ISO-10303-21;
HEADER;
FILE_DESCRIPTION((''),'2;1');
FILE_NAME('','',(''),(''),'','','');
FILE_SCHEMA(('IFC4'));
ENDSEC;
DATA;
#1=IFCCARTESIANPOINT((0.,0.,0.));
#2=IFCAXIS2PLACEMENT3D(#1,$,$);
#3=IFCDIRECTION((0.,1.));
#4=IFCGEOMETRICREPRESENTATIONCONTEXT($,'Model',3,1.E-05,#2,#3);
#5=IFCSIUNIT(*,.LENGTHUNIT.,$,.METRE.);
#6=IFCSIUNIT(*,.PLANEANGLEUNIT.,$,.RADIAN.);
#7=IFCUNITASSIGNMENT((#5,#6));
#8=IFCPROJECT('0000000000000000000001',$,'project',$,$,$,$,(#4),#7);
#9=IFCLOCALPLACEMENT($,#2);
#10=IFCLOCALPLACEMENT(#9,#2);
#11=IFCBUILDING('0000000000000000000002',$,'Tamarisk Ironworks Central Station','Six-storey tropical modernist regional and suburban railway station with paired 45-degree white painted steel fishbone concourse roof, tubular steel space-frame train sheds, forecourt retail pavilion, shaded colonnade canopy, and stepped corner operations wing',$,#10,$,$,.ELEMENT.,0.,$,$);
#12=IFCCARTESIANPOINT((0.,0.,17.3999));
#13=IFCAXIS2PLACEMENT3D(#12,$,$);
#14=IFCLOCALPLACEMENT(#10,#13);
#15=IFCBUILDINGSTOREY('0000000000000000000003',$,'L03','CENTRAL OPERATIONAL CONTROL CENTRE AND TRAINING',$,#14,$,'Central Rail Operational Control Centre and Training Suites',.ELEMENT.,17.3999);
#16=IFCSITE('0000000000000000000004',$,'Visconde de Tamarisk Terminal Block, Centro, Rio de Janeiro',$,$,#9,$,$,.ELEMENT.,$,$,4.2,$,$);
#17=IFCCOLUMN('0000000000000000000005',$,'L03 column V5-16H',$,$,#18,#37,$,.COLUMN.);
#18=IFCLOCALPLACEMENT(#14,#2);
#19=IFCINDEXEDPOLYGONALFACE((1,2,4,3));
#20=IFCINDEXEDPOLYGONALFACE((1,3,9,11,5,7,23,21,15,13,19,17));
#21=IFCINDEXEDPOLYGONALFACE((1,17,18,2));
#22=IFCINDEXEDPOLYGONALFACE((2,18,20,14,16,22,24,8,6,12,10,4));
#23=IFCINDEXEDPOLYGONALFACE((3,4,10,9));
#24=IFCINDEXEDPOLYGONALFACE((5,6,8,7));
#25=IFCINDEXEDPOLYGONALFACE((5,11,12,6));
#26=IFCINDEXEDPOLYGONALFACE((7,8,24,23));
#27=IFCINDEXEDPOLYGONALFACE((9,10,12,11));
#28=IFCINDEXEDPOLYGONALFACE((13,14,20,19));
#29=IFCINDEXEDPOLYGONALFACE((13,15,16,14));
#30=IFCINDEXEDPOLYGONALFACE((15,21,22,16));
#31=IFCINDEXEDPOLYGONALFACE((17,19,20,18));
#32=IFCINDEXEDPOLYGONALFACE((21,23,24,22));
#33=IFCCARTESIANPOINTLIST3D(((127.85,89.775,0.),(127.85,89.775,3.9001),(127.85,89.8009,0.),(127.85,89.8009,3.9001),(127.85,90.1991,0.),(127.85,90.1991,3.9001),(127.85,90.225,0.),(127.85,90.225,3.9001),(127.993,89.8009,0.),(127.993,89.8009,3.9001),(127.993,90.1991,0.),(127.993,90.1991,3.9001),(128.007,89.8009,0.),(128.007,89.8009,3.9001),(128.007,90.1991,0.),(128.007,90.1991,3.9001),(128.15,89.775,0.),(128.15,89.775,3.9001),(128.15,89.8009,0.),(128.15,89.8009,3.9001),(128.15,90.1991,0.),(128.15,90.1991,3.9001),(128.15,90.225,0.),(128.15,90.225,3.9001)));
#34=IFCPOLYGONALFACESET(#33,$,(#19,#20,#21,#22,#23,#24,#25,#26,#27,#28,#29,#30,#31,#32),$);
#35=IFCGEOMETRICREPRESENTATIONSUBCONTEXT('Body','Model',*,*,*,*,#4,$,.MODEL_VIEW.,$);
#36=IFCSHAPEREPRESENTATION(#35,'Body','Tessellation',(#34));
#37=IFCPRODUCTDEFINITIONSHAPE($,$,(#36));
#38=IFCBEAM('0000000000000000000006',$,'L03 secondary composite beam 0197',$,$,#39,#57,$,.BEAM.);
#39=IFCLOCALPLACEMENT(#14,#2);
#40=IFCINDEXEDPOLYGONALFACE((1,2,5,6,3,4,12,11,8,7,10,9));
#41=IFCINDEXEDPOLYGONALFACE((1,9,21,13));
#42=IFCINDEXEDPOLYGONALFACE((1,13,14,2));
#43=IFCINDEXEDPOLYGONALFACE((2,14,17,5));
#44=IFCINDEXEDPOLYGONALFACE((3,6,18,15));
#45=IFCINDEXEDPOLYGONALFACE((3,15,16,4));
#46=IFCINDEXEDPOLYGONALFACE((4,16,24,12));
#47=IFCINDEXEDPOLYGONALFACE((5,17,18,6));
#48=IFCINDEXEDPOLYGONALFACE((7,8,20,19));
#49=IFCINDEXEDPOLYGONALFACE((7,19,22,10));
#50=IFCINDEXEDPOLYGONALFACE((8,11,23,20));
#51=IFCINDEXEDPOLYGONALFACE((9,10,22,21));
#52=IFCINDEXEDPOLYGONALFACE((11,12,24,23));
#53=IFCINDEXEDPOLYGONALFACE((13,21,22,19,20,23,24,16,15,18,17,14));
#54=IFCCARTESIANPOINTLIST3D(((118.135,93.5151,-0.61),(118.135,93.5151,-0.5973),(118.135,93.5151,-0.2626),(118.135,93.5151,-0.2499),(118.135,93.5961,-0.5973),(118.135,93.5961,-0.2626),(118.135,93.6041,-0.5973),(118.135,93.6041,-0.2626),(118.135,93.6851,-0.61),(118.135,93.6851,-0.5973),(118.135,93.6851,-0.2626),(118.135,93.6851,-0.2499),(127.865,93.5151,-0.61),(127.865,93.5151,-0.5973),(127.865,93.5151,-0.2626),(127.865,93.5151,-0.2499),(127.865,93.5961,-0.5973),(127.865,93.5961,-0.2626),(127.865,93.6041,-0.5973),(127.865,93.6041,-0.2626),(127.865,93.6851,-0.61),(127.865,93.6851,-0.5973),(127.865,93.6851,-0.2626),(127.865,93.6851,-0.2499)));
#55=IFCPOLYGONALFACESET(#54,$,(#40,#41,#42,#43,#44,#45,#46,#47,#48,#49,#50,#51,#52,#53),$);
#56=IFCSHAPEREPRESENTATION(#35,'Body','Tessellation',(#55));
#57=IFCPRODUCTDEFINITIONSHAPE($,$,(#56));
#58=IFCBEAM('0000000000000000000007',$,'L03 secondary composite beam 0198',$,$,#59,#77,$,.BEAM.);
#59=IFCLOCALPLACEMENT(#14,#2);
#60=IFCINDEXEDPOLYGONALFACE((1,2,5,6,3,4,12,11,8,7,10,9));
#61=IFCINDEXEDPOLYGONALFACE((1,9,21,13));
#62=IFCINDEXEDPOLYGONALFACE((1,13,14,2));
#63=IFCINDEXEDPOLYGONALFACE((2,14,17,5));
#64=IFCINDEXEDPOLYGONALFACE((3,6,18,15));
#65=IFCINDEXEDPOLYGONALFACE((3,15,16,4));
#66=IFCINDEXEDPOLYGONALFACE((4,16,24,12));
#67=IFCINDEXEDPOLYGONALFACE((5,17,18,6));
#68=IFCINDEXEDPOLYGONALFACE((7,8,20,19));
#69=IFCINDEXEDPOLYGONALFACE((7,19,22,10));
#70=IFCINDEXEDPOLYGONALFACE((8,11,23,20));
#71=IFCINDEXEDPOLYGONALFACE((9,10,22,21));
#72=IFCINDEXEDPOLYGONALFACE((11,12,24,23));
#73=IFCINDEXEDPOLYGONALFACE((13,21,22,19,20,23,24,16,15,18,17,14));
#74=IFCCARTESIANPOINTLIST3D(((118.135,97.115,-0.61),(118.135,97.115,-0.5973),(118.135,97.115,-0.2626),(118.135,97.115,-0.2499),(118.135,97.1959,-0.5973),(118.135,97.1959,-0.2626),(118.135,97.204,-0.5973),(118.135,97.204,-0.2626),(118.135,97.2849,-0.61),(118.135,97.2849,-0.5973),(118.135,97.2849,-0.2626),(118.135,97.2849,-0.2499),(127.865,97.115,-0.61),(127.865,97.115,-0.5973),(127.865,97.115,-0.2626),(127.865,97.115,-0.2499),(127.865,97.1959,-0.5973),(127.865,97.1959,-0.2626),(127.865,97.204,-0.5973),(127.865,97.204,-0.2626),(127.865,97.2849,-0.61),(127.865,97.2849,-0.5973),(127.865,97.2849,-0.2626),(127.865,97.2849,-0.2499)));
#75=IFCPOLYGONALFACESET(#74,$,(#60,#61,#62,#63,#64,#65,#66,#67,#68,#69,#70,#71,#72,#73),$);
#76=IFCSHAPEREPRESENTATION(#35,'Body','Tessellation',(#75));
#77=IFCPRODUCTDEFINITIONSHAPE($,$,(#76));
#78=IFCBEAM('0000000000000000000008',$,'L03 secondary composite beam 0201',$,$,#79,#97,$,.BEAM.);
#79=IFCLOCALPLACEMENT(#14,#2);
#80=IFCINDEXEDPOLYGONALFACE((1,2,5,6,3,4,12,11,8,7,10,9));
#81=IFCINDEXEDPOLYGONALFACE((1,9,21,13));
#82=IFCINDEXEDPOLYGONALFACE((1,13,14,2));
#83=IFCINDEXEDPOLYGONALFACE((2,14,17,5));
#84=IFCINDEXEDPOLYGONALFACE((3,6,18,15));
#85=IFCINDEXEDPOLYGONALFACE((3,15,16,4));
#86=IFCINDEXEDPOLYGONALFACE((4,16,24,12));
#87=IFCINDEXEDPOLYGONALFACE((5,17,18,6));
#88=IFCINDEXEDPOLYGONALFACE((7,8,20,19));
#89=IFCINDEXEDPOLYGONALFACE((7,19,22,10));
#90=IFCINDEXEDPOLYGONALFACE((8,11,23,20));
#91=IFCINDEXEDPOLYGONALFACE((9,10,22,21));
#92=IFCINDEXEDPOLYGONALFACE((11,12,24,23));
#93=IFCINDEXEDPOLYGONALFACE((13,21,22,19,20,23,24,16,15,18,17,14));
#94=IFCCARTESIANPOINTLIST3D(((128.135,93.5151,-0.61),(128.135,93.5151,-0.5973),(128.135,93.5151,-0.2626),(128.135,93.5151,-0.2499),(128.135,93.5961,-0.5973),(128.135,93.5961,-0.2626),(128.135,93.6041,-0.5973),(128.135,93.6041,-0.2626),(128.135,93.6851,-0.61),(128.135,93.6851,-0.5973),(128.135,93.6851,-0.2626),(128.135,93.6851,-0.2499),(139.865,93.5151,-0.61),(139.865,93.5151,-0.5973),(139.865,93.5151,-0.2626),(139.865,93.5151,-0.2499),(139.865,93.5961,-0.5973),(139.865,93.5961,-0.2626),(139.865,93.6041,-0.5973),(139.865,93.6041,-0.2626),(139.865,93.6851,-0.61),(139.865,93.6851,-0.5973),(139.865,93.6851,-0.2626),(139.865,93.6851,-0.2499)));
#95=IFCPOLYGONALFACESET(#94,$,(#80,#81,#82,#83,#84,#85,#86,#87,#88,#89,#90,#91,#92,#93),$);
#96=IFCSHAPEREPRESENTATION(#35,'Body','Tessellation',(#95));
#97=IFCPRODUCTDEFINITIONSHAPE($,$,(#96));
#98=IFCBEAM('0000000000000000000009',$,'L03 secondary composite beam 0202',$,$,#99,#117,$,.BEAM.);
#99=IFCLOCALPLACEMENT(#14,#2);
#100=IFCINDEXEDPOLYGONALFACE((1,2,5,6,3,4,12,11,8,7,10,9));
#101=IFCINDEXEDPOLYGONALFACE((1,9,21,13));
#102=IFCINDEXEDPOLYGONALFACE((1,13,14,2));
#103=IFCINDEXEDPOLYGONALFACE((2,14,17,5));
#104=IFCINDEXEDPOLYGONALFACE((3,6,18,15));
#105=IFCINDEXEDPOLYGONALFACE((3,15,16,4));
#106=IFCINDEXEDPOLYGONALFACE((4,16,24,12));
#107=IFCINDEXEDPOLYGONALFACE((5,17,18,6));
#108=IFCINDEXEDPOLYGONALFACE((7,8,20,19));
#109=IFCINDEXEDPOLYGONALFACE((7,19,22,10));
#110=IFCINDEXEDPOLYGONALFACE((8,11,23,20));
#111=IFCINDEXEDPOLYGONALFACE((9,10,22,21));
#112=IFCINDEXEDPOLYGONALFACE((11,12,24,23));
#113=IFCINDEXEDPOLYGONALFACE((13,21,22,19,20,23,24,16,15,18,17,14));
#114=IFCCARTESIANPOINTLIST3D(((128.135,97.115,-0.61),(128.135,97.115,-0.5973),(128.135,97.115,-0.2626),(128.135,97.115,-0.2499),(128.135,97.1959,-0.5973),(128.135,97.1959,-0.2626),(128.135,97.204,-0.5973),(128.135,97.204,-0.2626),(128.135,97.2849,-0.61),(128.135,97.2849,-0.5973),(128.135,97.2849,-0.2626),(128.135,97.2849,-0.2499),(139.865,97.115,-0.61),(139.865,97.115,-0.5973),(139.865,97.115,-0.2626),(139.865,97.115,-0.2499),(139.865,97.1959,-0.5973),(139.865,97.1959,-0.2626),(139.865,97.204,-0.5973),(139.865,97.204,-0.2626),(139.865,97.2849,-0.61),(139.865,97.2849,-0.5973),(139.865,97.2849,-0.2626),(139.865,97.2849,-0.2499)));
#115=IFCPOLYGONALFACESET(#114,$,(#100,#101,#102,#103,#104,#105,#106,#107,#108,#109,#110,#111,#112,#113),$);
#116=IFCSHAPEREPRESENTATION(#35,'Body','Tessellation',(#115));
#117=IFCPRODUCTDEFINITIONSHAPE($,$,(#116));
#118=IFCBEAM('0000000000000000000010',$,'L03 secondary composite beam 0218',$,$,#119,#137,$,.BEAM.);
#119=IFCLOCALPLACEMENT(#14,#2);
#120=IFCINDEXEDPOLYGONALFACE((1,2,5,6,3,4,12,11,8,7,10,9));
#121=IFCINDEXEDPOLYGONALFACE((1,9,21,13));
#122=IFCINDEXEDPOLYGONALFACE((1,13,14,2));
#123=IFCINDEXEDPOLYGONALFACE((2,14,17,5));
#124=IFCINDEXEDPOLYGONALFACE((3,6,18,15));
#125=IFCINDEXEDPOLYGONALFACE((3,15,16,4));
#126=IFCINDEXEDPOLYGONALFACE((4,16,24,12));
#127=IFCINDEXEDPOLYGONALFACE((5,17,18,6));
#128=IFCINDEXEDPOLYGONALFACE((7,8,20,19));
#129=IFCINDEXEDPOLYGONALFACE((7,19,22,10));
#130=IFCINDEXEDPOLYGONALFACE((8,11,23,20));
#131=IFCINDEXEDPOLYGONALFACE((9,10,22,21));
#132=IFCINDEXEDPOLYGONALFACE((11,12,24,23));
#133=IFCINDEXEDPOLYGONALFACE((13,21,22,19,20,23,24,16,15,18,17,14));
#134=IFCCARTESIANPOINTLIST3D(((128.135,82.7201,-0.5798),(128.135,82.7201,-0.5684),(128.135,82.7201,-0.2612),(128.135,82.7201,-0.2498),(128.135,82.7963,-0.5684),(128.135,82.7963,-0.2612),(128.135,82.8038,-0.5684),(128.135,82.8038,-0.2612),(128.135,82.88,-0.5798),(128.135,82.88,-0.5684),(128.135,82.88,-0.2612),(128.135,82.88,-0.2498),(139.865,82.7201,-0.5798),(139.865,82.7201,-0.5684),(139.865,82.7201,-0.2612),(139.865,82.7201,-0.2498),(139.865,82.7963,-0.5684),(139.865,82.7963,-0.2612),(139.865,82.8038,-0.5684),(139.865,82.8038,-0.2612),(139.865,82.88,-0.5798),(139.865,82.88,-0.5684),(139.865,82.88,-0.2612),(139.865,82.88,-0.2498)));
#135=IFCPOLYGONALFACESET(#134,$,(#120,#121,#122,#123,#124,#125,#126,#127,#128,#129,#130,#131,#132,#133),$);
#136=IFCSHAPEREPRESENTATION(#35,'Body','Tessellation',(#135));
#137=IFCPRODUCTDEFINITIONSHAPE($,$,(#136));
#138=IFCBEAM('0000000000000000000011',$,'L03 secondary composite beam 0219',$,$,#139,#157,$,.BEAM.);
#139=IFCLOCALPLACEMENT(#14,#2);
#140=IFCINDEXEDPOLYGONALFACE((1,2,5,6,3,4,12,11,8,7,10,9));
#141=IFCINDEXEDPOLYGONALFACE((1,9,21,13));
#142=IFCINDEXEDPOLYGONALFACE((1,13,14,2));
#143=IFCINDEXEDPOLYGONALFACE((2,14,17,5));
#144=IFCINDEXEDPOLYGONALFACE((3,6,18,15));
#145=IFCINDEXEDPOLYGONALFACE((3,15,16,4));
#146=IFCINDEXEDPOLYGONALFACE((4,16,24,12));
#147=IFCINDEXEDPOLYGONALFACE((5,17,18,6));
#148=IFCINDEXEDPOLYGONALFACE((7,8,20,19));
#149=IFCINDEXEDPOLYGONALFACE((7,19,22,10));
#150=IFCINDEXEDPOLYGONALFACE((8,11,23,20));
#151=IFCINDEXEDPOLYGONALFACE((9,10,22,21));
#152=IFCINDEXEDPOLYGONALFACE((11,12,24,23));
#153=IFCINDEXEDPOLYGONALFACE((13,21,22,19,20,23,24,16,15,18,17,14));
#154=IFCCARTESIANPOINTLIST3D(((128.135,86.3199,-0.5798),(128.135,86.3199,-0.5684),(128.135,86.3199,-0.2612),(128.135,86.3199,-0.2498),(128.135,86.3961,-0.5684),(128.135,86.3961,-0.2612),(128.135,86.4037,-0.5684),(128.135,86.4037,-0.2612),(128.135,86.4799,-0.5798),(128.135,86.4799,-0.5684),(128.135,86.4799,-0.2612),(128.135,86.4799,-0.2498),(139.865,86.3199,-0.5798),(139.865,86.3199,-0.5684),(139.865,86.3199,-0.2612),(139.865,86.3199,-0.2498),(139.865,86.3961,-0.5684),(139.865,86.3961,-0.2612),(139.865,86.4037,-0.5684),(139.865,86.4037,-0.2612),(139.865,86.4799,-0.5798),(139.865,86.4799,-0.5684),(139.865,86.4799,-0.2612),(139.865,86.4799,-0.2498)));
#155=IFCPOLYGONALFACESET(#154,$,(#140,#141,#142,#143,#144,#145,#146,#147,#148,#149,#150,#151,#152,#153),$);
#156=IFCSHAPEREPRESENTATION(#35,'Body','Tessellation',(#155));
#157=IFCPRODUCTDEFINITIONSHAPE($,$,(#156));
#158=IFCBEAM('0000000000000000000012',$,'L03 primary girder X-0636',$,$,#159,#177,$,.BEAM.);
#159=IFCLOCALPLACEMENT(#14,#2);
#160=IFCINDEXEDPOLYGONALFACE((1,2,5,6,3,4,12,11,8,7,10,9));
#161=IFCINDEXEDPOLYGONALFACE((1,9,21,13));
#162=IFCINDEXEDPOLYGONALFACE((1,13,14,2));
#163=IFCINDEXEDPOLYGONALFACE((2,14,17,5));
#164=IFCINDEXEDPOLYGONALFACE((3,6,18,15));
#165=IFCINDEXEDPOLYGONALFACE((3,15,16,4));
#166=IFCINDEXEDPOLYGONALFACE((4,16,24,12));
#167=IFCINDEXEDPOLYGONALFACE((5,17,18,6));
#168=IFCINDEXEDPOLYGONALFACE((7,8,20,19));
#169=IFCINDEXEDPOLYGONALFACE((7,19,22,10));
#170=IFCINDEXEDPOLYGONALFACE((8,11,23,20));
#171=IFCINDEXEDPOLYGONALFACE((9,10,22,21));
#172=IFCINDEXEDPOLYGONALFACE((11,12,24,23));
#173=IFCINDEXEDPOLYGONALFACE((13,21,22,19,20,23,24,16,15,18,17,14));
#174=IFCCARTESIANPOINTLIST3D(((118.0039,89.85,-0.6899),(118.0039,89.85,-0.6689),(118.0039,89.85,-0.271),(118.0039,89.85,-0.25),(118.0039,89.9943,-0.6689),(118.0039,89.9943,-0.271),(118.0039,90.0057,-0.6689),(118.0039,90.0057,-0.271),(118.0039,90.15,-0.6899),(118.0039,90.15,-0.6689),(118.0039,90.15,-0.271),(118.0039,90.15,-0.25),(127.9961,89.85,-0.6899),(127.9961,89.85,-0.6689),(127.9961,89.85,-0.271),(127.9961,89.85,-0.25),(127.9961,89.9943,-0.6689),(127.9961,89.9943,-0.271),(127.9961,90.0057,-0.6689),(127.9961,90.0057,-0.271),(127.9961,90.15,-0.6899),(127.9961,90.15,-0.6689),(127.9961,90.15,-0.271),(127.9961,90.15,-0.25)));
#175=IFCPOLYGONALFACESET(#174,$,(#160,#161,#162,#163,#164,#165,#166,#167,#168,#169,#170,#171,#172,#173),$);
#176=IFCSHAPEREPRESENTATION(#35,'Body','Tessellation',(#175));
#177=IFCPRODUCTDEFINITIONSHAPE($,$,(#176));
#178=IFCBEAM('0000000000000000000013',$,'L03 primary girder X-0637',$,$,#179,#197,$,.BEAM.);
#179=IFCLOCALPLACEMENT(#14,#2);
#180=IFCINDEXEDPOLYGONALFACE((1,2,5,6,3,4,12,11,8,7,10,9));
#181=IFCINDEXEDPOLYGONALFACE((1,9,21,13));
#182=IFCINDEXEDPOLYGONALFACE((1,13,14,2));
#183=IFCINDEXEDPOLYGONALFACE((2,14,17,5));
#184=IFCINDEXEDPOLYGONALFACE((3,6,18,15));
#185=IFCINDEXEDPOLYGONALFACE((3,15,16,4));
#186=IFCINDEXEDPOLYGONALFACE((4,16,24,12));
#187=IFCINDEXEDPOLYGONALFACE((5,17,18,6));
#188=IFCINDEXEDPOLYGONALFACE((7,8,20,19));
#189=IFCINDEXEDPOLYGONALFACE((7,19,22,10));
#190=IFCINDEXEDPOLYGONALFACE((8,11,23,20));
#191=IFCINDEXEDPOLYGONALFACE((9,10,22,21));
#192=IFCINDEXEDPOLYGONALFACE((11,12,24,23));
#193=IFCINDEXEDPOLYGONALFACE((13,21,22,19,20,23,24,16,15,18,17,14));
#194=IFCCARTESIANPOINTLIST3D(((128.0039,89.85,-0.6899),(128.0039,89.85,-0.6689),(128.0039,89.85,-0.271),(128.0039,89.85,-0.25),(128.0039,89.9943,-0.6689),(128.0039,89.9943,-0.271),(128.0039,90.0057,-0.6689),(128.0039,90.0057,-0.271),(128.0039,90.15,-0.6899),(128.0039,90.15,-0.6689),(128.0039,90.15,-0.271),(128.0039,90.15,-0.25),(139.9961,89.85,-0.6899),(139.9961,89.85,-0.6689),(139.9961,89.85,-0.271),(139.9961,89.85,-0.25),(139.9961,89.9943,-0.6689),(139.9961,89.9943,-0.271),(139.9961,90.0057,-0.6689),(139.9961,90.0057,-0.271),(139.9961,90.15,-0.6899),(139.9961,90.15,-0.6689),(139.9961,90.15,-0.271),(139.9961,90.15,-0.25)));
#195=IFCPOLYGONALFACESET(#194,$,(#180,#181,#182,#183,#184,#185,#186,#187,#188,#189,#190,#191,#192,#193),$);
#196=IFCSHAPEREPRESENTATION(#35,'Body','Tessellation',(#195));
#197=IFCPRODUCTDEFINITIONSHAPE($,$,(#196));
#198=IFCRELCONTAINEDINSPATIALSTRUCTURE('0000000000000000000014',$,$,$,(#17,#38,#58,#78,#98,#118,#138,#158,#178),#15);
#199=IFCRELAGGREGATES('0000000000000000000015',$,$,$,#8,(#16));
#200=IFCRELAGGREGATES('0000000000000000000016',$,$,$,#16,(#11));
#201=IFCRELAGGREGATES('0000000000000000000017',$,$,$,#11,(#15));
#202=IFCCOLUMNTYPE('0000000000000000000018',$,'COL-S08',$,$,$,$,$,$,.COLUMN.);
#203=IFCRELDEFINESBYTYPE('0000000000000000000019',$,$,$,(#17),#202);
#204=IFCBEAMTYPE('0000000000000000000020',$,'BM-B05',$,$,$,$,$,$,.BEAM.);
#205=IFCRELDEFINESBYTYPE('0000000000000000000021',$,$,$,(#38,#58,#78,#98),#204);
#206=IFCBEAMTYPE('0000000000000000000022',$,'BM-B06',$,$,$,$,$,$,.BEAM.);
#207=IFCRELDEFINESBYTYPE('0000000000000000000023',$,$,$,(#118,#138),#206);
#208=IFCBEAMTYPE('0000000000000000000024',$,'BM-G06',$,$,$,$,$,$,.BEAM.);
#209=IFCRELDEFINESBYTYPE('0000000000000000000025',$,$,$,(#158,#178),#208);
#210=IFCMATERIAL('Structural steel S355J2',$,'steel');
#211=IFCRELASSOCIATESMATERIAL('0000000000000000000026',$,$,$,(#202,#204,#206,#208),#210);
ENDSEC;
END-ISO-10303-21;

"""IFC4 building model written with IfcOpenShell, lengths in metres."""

from ifc_helpers import new_model, si_unit, direction, frame, origin, origin_2d, place, context, subcontext, project, spatial, i_section, extrude, material, material_profile, profile_set, type_object, element, save


model = new_model("IFC4")

# Units and contexts
model_context = context("Model", 3, precision=1e-05, world=origin(), true_north=direction((0.0, 1.0)))
body_context = subcontext(model_context, "Body", "Model", "MODEL_VIEW")
ifc_project = project(units=[si_unit("LENGTHUNIT", "METRE"), si_unit("PLANEANGLEUNIT", "RADIAN")], contexts=[model_context])

# Site, building, storey
site_placement = place(None, origin())
site = spatial("IfcSite", under=ifc_project, at=site_placement, Name="Visconde de Tamarisk Terminal Block, Centro, Rio de Janeiro", CompositionType="ELEMENT", RefElevation=4.2)
building_placement = place(site_placement, origin())
building = spatial("IfcBuilding", under=site, at=building_placement, Name="Tamarisk Ironworks Central Station", Description="Six-storey tropical modernist regional and suburban railway station with paired 45-degree white painted steel fishbone concourse roof, tubular steel space-frame train sheds, forecourt retail pavilion, shaded colonnade canopy, and stepped corner operations wing", CompositionType="ELEMENT", ElevationOfRefHeight=0.0)
storey_placement = place(building_placement, frame((0.0, 0.0, 17.3999)))
storey = spatial("IfcBuildingStorey", under=building, at=storey_placement, Name="L03", Description="CENTRAL OPERATIONAL CONTROL CENTRE AND TRAINING", LongName="Central Rail Operational Control Centre and Training Suites", CompositionType="ELEMENT", Elevation=17.3999)

# Column
ifc_material_1 = material(Name="Structural steel S355J2", Category="steel")
ifc_material_profile_1 = material_profile(ifc_material_1, i_section(OverallWidth=0.3, OverallDepth=0.45, WebThickness=0.0139, FlangeThickness=0.0259, at=origin_2d()), Name="HEB 450")
ifc_profile_set_1 = profile_set([ifc_material_profile_1], Name="Structural steel S355J2")
column_type = type_object("IfcColumnType", Name="COL-S08", PredefinedType="COLUMN", material=ifc_profile_set_1)
column_placement = place(storey_placement, frame((128.0, 90.0, 0.0), z_axis=(0.0, 0.0, 1.0), x_axis=(1.0, 0.0, 0.0)))
element("IfcColumn", 1, at=column_placement, inside=storey, type_object=column_type, Name="L03 column V5-16H", PredefinedType="COLUMN", context=body_context, shape_type="SweptSolid", body=[
    extrude(i_section(OverallWidth=0.3, OverallDepth=0.45, WebThickness=0.0139, FlangeThickness=0.0259, at=origin_2d()), origin(), (0.0, 0.0, 1.0), 3.9001),
])

# Beams
ifc_material_profile_2 = material_profile(ifc_material_1, i_section(OverallWidth=0.1699, OverallDepth=0.3601, WebThickness=0.0081, FlangeThickness=0.0127, at=origin_2d()), Name="IPE 360")
ifc_profile_set_2 = profile_set([ifc_material_profile_2], Name="Structural steel S355J2")
beam_type_1 = type_object("IfcBeamType", Name="BM-B05", PredefinedType="BEAM", material=ifc_profile_set_2)
for number, where, z_axis, x_axis, name in (
    (2, (118.135, 93.6001, -0.4299), (1.0, 0.0, 0.0), (0.0, 1.0, 0.0), "L03 secondary composite beam 0197"),
    (3, (118.135, 97.2, -0.4299), (1.0, 0.0, 0.0), (0.0, 1.0, 0.0), "L03 secondary composite beam 0198"),
):
    element("IfcBeam", number, at=place(storey_placement, frame(where, z_axis=z_axis, x_axis=x_axis)), inside=storey, type_object=beam_type_1, Name=name, PredefinedType="BEAM", context=body_context, shape_type="SweptSolid", body=[
        extrude(i_section(OverallWidth=0.1699, OverallDepth=0.3601, WebThickness=0.0081, FlangeThickness=0.0127, at=origin_2d()), origin(), (0.0, 0.0, 1.0), 9.73),
    ])
for number, where, z_axis, x_axis, name in (
    (4, (128.135, 93.6001, -0.4299), (1.0, 0.0, 0.0), (0.0, 1.0, 0.0), "L03 secondary composite beam 0201"),
    (5, (128.135, 97.2, -0.4299), (1.0, 0.0, 0.0), (0.0, 1.0, 0.0), "L03 secondary composite beam 0202"),
):
    element("IfcBeam", number, at=place(storey_placement, frame(where, z_axis=z_axis, x_axis=x_axis)), inside=storey, type_object=beam_type_1, Name=name, PredefinedType="BEAM", context=body_context, shape_type="SweptSolid", body=[
        extrude(i_section(OverallWidth=0.1699, OverallDepth=0.3601, WebThickness=0.0081, FlangeThickness=0.0127, at=origin_2d()), origin(), (0.0, 0.0, 1.0), 11.73),
    ])
ifc_material_profile_3 = material_profile(ifc_material_1, i_section(OverallWidth=0.1599, OverallDepth=0.3301, WebThickness=0.0076, FlangeThickness=0.0115, at=origin_2d()), Name="IPE 330")
ifc_profile_set_3 = profile_set([ifc_material_profile_3], Name="Structural steel S355J2")
beam_type_2 = type_object("IfcBeamType", Name="BM-B06", PredefinedType="BEAM", material=ifc_profile_set_3)
for number, where, z_axis, x_axis, name in (
    (6, (128.135, 82.8, -0.4148), (1.0, 0.0, 0.0), (0.0, 1.0, 0.0), "L03 secondary composite beam 0218"),
    (7, (128.135, 86.3999, -0.4148), (1.0, 0.0, 0.0), (0.0, 1.0, 0.0), "L03 secondary composite beam 0219"),
):
    element("IfcBeam", number, at=place(storey_placement, frame(where, z_axis=z_axis, x_axis=x_axis)), inside=storey, type_object=beam_type_2, Name=name, PredefinedType="BEAM", context=body_context, shape_type="SweptSolid", body=[
        extrude(i_section(OverallWidth=0.1599, OverallDepth=0.3301, WebThickness=0.0076, FlangeThickness=0.0115, at=origin_2d()), origin(), (0.0, 0.0, 1.0), 11.73),
    ])
ifc_material_profile_4 = material_profile(ifc_material_1, i_section(OverallWidth=0.3, OverallDepth=0.4399, WebThickness=0.0115, FlangeThickness=0.021, at=origin_2d()), Name="HEA 450")
ifc_profile_set_4 = profile_set([ifc_material_profile_4], Name="Structural steel S355J2")
beam_type_3 = type_object("IfcBeamType", Name="BM-G06", PredefinedType="BEAM", material=ifc_profile_set_4)
beam_1_placement = place(storey_placement, frame((118.0039, 90.0, -0.47), z_axis=(1.0, 0.0, 0.0), x_axis=(0.0, 1.0, 0.0)))
element("IfcBeam", 8, at=beam_1_placement, inside=storey, type_object=beam_type_3, Name="L03 primary girder X-0636", PredefinedType="BEAM", context=body_context, shape_type="SweptSolid", body=[
    extrude(i_section(OverallWidth=0.3, OverallDepth=0.4399, WebThickness=0.0115, FlangeThickness=0.021, at=origin_2d()), origin(), (0.0, 0.0, 1.0), 9.9922),
])
beam_2_placement = place(storey_placement, frame((128.0039, 90.0, -0.47), z_axis=(1.0, 0.0, 0.0), x_axis=(0.0, 1.0, 0.0)))
element("IfcBeam", 9, at=beam_2_placement, inside=storey, type_object=beam_type_3, Name="L03 primary girder X-0637", PredefinedType="BEAM", context=body_context, shape_type="SweptSolid", body=[
    extrude(i_section(OverallWidth=0.3, OverallDepth=0.4399, WebThickness=0.0115, FlangeThickness=0.021, at=origin_2d()), origin(), (0.0, 0.0, 1.0), 11.9922),
])

save(model, "model.ifc")
